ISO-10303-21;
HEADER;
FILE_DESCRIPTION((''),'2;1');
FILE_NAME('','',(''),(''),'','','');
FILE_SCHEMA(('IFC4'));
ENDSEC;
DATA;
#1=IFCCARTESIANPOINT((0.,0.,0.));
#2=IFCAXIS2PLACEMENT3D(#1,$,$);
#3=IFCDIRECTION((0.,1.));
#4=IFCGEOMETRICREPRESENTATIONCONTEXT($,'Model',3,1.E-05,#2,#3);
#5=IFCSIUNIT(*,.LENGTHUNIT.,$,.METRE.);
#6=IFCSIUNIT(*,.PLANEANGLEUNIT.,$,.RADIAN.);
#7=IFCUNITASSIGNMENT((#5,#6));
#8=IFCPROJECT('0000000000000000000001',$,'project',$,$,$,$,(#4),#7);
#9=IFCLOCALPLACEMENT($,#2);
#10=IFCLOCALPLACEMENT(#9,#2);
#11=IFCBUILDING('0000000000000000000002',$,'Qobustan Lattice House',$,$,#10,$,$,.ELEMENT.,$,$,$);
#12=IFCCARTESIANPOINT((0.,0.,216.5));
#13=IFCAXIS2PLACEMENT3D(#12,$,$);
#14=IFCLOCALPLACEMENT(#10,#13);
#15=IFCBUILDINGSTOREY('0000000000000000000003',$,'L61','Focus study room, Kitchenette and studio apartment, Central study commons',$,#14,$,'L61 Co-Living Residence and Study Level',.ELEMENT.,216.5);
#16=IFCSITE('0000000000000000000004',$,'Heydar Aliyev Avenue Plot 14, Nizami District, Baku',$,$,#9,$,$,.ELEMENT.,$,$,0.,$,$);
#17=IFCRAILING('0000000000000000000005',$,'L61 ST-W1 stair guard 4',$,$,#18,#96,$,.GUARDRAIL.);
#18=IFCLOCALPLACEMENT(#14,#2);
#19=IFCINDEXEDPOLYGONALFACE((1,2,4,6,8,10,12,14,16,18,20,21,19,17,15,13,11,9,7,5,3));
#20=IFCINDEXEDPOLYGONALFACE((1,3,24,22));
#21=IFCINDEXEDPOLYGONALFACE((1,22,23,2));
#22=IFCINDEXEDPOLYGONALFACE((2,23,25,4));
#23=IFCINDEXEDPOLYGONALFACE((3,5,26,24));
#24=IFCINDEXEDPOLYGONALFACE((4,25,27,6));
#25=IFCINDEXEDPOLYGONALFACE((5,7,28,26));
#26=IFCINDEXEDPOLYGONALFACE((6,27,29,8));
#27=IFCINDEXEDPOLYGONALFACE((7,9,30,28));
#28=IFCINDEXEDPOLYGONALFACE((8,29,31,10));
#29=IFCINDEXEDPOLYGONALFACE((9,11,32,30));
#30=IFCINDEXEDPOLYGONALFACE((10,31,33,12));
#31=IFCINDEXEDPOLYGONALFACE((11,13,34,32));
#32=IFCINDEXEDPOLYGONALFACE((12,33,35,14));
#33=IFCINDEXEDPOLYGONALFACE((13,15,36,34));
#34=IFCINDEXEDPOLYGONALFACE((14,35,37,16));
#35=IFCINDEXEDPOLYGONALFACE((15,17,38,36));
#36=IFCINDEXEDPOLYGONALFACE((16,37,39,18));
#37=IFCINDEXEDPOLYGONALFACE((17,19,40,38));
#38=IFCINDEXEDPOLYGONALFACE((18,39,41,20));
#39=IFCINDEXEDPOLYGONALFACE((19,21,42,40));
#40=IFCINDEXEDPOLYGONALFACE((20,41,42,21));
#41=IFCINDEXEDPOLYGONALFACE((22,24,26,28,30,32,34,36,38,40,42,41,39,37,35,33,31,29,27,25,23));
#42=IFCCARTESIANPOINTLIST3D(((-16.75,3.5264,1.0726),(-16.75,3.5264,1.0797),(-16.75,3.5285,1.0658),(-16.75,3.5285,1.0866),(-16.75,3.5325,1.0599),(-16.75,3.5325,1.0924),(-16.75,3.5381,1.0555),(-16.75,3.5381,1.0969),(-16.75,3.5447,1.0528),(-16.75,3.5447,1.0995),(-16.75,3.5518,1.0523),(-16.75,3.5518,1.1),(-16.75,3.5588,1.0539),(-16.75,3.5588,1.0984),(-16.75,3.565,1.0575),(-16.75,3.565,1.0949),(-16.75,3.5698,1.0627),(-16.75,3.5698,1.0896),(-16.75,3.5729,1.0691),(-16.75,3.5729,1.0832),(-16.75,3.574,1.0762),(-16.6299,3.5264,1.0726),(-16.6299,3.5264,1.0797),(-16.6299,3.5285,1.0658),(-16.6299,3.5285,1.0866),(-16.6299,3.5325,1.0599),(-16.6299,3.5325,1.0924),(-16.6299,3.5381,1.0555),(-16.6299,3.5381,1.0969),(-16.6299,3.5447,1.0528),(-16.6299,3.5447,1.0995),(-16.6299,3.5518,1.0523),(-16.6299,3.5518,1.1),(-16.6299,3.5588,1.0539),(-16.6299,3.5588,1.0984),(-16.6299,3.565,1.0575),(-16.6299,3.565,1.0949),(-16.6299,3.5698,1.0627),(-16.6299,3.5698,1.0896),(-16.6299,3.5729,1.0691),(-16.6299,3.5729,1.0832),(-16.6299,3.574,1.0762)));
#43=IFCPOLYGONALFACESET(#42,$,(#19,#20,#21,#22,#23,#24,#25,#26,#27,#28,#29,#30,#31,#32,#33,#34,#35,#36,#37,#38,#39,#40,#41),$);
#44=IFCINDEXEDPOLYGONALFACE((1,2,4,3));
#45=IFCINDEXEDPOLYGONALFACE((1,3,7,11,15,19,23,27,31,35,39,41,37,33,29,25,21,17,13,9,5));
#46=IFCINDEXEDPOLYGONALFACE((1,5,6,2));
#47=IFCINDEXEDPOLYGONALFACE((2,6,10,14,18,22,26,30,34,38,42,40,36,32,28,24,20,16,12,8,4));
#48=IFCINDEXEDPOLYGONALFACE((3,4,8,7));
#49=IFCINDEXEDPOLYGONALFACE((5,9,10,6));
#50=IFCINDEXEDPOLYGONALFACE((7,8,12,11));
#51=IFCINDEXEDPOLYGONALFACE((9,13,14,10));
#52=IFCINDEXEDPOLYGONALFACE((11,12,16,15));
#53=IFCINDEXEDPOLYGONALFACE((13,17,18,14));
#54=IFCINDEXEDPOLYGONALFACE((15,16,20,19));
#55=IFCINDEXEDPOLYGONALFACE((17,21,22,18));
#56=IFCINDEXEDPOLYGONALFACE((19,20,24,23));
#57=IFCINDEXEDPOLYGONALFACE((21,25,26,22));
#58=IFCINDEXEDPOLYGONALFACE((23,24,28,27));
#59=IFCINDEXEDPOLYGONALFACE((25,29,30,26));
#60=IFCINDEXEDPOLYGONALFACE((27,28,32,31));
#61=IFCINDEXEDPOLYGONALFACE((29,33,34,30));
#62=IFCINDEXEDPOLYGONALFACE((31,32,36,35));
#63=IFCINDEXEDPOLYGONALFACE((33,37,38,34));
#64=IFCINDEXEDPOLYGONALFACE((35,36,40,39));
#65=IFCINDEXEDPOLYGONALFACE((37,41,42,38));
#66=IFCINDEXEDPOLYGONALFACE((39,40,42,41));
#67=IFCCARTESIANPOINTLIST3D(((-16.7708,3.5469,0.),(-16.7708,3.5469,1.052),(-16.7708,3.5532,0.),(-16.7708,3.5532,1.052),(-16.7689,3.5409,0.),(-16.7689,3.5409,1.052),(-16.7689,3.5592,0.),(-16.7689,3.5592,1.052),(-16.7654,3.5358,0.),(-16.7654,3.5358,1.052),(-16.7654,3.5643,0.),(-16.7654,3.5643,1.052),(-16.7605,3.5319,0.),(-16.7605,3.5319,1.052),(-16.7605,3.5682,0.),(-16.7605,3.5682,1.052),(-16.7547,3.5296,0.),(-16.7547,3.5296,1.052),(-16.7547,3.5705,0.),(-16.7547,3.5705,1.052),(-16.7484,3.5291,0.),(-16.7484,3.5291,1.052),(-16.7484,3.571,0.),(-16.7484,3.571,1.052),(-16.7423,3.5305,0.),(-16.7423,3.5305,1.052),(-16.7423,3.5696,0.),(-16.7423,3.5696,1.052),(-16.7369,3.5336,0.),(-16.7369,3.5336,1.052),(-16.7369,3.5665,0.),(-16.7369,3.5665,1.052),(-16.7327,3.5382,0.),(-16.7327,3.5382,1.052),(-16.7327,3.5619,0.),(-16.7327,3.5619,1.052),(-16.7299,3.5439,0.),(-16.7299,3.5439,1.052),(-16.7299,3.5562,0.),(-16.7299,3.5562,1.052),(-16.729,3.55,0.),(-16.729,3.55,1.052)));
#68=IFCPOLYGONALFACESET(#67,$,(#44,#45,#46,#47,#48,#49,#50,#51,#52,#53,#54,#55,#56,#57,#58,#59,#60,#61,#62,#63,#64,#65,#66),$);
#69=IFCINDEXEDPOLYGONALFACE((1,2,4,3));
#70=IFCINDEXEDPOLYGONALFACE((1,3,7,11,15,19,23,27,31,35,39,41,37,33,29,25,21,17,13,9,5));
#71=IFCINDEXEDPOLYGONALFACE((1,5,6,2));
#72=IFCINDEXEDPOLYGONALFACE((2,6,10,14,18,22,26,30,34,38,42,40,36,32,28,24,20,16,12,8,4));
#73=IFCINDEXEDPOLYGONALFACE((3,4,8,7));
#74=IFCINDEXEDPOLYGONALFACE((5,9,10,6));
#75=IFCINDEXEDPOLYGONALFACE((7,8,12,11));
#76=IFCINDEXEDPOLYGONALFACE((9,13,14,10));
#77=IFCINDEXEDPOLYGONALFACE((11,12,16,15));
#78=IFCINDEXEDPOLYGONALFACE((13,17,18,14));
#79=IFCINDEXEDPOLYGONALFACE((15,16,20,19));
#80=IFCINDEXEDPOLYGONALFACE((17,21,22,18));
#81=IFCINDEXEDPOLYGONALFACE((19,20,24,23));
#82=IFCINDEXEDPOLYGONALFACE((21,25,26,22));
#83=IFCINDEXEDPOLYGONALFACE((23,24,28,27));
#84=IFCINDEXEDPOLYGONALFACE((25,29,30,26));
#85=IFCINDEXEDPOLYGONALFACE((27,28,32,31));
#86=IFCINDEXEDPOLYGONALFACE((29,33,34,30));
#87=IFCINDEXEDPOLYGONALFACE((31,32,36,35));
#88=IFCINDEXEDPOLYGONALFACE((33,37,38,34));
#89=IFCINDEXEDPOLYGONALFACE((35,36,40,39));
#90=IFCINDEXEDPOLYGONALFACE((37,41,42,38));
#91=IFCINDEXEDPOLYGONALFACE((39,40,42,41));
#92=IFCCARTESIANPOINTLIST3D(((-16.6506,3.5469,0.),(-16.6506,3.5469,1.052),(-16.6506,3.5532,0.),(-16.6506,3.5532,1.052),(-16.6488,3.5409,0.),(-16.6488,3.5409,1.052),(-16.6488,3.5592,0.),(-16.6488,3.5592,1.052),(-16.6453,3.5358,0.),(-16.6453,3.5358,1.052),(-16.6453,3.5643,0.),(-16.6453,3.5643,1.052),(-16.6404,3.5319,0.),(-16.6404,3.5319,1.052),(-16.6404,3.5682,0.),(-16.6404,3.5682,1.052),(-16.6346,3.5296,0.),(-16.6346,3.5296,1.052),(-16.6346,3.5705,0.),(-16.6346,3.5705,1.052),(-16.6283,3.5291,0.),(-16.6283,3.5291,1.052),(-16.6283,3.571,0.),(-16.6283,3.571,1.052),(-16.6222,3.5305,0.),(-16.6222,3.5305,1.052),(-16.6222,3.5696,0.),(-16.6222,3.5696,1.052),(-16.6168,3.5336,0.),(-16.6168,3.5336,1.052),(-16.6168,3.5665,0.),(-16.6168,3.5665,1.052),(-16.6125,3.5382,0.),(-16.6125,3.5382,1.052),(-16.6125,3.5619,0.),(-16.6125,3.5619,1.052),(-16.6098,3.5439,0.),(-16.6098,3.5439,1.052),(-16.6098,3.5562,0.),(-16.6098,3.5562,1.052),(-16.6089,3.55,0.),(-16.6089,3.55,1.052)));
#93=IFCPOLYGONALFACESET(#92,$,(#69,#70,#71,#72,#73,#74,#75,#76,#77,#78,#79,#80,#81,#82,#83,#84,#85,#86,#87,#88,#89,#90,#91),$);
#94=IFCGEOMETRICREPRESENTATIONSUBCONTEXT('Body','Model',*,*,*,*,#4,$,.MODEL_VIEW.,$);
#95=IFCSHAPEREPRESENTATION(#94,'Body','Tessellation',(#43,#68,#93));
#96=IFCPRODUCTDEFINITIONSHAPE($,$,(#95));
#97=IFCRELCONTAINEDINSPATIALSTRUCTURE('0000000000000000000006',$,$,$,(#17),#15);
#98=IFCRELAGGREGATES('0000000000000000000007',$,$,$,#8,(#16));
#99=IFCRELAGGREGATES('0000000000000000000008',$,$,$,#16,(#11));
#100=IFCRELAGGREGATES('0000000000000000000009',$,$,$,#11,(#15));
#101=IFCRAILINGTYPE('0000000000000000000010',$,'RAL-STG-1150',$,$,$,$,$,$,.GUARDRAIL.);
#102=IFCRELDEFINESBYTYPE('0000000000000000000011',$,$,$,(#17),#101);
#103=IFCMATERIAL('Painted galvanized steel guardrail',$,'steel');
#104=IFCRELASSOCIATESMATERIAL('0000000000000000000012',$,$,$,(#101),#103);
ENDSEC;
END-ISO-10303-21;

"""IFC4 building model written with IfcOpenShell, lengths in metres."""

from ifc_helpers import new_model, si_unit, direction, frame, origin, origin_2d, place, context, subcontext, project, spatial, circle, extrude, material, type_object, element, save


model = new_model("IFC4")

# Units and contexts
model_context = context("Model", 3, precision=1e-05, world=origin(), true_north=direction((0.0, 1.0)))
body_context = subcontext(model_context, "Body", "Model", "MODEL_VIEW")
ifc_project = project(units=[si_unit("LENGTHUNIT", "METRE"), si_unit("PLANEANGLEUNIT", "RADIAN")], contexts=[model_context])

# Site, building, storey
site_placement = place(None, origin())
site = spatial("IfcSite", under=ifc_project, at=site_placement, Name="Heydar Aliyev Avenue Plot 14, Nizami District, Baku", CompositionType="ELEMENT", RefElevation=0.0)
building_placement = place(site_placement, origin())
building = spatial("IfcBuilding", under=site, at=building_placement, Name="Qobustan Lattice House", CompositionType="ELEMENT")
storey_placement = place(building_placement, frame((0.0, 0.0, 216.5)))
storey = spatial("IfcBuildingStorey", under=building, at=storey_placement, Name="L61", Description="Focus study room, Kitchenette and studio apartment, Central study commons", LongName="L61 Co-Living Residence and Study Level", CompositionType="ELEMENT", Elevation=216.5)

# Railing
ifc_material_1 = material(Name="Painted galvanized steel guardrail", Category="steel")
railing_type_1 = type_object("IfcRailingType", Name="RAL-STG-1150", PredefinedType="GUARDRAIL", material=ifc_material_1)
railing_1_placement = place(storey_placement, frame((-16.75, 3.55, 0.0)))
element("IfcRailing", 1, at=railing_1_placement, inside=storey, type_object=railing_type_1, Name="L61 ST-W1 stair guard 4", PredefinedType="GUARDRAIL", context=body_context, shape_type="SweptSolid", body=[
    extrude(circle(Radius=0.0239, at=origin_2d()), frame((0.0, 0.0, 1.0762), z_axis=(1.0, 0.0, 0.0), x_axis=(0.0, 1.0, 0.0)), (0.0, 0.0, 1.0), 0.1201),
    extrude(circle(Radius=0.021, at=origin_2d()), origin(), (0.0, 0.0, 1.0), 1.052),
    extrude(circle(Radius=0.021, at=origin_2d()), frame((0.1201, 0.0, 0.0)), (0.0, 0.0, 1.0), 1.052),
])

save(model, "model.ifc")
